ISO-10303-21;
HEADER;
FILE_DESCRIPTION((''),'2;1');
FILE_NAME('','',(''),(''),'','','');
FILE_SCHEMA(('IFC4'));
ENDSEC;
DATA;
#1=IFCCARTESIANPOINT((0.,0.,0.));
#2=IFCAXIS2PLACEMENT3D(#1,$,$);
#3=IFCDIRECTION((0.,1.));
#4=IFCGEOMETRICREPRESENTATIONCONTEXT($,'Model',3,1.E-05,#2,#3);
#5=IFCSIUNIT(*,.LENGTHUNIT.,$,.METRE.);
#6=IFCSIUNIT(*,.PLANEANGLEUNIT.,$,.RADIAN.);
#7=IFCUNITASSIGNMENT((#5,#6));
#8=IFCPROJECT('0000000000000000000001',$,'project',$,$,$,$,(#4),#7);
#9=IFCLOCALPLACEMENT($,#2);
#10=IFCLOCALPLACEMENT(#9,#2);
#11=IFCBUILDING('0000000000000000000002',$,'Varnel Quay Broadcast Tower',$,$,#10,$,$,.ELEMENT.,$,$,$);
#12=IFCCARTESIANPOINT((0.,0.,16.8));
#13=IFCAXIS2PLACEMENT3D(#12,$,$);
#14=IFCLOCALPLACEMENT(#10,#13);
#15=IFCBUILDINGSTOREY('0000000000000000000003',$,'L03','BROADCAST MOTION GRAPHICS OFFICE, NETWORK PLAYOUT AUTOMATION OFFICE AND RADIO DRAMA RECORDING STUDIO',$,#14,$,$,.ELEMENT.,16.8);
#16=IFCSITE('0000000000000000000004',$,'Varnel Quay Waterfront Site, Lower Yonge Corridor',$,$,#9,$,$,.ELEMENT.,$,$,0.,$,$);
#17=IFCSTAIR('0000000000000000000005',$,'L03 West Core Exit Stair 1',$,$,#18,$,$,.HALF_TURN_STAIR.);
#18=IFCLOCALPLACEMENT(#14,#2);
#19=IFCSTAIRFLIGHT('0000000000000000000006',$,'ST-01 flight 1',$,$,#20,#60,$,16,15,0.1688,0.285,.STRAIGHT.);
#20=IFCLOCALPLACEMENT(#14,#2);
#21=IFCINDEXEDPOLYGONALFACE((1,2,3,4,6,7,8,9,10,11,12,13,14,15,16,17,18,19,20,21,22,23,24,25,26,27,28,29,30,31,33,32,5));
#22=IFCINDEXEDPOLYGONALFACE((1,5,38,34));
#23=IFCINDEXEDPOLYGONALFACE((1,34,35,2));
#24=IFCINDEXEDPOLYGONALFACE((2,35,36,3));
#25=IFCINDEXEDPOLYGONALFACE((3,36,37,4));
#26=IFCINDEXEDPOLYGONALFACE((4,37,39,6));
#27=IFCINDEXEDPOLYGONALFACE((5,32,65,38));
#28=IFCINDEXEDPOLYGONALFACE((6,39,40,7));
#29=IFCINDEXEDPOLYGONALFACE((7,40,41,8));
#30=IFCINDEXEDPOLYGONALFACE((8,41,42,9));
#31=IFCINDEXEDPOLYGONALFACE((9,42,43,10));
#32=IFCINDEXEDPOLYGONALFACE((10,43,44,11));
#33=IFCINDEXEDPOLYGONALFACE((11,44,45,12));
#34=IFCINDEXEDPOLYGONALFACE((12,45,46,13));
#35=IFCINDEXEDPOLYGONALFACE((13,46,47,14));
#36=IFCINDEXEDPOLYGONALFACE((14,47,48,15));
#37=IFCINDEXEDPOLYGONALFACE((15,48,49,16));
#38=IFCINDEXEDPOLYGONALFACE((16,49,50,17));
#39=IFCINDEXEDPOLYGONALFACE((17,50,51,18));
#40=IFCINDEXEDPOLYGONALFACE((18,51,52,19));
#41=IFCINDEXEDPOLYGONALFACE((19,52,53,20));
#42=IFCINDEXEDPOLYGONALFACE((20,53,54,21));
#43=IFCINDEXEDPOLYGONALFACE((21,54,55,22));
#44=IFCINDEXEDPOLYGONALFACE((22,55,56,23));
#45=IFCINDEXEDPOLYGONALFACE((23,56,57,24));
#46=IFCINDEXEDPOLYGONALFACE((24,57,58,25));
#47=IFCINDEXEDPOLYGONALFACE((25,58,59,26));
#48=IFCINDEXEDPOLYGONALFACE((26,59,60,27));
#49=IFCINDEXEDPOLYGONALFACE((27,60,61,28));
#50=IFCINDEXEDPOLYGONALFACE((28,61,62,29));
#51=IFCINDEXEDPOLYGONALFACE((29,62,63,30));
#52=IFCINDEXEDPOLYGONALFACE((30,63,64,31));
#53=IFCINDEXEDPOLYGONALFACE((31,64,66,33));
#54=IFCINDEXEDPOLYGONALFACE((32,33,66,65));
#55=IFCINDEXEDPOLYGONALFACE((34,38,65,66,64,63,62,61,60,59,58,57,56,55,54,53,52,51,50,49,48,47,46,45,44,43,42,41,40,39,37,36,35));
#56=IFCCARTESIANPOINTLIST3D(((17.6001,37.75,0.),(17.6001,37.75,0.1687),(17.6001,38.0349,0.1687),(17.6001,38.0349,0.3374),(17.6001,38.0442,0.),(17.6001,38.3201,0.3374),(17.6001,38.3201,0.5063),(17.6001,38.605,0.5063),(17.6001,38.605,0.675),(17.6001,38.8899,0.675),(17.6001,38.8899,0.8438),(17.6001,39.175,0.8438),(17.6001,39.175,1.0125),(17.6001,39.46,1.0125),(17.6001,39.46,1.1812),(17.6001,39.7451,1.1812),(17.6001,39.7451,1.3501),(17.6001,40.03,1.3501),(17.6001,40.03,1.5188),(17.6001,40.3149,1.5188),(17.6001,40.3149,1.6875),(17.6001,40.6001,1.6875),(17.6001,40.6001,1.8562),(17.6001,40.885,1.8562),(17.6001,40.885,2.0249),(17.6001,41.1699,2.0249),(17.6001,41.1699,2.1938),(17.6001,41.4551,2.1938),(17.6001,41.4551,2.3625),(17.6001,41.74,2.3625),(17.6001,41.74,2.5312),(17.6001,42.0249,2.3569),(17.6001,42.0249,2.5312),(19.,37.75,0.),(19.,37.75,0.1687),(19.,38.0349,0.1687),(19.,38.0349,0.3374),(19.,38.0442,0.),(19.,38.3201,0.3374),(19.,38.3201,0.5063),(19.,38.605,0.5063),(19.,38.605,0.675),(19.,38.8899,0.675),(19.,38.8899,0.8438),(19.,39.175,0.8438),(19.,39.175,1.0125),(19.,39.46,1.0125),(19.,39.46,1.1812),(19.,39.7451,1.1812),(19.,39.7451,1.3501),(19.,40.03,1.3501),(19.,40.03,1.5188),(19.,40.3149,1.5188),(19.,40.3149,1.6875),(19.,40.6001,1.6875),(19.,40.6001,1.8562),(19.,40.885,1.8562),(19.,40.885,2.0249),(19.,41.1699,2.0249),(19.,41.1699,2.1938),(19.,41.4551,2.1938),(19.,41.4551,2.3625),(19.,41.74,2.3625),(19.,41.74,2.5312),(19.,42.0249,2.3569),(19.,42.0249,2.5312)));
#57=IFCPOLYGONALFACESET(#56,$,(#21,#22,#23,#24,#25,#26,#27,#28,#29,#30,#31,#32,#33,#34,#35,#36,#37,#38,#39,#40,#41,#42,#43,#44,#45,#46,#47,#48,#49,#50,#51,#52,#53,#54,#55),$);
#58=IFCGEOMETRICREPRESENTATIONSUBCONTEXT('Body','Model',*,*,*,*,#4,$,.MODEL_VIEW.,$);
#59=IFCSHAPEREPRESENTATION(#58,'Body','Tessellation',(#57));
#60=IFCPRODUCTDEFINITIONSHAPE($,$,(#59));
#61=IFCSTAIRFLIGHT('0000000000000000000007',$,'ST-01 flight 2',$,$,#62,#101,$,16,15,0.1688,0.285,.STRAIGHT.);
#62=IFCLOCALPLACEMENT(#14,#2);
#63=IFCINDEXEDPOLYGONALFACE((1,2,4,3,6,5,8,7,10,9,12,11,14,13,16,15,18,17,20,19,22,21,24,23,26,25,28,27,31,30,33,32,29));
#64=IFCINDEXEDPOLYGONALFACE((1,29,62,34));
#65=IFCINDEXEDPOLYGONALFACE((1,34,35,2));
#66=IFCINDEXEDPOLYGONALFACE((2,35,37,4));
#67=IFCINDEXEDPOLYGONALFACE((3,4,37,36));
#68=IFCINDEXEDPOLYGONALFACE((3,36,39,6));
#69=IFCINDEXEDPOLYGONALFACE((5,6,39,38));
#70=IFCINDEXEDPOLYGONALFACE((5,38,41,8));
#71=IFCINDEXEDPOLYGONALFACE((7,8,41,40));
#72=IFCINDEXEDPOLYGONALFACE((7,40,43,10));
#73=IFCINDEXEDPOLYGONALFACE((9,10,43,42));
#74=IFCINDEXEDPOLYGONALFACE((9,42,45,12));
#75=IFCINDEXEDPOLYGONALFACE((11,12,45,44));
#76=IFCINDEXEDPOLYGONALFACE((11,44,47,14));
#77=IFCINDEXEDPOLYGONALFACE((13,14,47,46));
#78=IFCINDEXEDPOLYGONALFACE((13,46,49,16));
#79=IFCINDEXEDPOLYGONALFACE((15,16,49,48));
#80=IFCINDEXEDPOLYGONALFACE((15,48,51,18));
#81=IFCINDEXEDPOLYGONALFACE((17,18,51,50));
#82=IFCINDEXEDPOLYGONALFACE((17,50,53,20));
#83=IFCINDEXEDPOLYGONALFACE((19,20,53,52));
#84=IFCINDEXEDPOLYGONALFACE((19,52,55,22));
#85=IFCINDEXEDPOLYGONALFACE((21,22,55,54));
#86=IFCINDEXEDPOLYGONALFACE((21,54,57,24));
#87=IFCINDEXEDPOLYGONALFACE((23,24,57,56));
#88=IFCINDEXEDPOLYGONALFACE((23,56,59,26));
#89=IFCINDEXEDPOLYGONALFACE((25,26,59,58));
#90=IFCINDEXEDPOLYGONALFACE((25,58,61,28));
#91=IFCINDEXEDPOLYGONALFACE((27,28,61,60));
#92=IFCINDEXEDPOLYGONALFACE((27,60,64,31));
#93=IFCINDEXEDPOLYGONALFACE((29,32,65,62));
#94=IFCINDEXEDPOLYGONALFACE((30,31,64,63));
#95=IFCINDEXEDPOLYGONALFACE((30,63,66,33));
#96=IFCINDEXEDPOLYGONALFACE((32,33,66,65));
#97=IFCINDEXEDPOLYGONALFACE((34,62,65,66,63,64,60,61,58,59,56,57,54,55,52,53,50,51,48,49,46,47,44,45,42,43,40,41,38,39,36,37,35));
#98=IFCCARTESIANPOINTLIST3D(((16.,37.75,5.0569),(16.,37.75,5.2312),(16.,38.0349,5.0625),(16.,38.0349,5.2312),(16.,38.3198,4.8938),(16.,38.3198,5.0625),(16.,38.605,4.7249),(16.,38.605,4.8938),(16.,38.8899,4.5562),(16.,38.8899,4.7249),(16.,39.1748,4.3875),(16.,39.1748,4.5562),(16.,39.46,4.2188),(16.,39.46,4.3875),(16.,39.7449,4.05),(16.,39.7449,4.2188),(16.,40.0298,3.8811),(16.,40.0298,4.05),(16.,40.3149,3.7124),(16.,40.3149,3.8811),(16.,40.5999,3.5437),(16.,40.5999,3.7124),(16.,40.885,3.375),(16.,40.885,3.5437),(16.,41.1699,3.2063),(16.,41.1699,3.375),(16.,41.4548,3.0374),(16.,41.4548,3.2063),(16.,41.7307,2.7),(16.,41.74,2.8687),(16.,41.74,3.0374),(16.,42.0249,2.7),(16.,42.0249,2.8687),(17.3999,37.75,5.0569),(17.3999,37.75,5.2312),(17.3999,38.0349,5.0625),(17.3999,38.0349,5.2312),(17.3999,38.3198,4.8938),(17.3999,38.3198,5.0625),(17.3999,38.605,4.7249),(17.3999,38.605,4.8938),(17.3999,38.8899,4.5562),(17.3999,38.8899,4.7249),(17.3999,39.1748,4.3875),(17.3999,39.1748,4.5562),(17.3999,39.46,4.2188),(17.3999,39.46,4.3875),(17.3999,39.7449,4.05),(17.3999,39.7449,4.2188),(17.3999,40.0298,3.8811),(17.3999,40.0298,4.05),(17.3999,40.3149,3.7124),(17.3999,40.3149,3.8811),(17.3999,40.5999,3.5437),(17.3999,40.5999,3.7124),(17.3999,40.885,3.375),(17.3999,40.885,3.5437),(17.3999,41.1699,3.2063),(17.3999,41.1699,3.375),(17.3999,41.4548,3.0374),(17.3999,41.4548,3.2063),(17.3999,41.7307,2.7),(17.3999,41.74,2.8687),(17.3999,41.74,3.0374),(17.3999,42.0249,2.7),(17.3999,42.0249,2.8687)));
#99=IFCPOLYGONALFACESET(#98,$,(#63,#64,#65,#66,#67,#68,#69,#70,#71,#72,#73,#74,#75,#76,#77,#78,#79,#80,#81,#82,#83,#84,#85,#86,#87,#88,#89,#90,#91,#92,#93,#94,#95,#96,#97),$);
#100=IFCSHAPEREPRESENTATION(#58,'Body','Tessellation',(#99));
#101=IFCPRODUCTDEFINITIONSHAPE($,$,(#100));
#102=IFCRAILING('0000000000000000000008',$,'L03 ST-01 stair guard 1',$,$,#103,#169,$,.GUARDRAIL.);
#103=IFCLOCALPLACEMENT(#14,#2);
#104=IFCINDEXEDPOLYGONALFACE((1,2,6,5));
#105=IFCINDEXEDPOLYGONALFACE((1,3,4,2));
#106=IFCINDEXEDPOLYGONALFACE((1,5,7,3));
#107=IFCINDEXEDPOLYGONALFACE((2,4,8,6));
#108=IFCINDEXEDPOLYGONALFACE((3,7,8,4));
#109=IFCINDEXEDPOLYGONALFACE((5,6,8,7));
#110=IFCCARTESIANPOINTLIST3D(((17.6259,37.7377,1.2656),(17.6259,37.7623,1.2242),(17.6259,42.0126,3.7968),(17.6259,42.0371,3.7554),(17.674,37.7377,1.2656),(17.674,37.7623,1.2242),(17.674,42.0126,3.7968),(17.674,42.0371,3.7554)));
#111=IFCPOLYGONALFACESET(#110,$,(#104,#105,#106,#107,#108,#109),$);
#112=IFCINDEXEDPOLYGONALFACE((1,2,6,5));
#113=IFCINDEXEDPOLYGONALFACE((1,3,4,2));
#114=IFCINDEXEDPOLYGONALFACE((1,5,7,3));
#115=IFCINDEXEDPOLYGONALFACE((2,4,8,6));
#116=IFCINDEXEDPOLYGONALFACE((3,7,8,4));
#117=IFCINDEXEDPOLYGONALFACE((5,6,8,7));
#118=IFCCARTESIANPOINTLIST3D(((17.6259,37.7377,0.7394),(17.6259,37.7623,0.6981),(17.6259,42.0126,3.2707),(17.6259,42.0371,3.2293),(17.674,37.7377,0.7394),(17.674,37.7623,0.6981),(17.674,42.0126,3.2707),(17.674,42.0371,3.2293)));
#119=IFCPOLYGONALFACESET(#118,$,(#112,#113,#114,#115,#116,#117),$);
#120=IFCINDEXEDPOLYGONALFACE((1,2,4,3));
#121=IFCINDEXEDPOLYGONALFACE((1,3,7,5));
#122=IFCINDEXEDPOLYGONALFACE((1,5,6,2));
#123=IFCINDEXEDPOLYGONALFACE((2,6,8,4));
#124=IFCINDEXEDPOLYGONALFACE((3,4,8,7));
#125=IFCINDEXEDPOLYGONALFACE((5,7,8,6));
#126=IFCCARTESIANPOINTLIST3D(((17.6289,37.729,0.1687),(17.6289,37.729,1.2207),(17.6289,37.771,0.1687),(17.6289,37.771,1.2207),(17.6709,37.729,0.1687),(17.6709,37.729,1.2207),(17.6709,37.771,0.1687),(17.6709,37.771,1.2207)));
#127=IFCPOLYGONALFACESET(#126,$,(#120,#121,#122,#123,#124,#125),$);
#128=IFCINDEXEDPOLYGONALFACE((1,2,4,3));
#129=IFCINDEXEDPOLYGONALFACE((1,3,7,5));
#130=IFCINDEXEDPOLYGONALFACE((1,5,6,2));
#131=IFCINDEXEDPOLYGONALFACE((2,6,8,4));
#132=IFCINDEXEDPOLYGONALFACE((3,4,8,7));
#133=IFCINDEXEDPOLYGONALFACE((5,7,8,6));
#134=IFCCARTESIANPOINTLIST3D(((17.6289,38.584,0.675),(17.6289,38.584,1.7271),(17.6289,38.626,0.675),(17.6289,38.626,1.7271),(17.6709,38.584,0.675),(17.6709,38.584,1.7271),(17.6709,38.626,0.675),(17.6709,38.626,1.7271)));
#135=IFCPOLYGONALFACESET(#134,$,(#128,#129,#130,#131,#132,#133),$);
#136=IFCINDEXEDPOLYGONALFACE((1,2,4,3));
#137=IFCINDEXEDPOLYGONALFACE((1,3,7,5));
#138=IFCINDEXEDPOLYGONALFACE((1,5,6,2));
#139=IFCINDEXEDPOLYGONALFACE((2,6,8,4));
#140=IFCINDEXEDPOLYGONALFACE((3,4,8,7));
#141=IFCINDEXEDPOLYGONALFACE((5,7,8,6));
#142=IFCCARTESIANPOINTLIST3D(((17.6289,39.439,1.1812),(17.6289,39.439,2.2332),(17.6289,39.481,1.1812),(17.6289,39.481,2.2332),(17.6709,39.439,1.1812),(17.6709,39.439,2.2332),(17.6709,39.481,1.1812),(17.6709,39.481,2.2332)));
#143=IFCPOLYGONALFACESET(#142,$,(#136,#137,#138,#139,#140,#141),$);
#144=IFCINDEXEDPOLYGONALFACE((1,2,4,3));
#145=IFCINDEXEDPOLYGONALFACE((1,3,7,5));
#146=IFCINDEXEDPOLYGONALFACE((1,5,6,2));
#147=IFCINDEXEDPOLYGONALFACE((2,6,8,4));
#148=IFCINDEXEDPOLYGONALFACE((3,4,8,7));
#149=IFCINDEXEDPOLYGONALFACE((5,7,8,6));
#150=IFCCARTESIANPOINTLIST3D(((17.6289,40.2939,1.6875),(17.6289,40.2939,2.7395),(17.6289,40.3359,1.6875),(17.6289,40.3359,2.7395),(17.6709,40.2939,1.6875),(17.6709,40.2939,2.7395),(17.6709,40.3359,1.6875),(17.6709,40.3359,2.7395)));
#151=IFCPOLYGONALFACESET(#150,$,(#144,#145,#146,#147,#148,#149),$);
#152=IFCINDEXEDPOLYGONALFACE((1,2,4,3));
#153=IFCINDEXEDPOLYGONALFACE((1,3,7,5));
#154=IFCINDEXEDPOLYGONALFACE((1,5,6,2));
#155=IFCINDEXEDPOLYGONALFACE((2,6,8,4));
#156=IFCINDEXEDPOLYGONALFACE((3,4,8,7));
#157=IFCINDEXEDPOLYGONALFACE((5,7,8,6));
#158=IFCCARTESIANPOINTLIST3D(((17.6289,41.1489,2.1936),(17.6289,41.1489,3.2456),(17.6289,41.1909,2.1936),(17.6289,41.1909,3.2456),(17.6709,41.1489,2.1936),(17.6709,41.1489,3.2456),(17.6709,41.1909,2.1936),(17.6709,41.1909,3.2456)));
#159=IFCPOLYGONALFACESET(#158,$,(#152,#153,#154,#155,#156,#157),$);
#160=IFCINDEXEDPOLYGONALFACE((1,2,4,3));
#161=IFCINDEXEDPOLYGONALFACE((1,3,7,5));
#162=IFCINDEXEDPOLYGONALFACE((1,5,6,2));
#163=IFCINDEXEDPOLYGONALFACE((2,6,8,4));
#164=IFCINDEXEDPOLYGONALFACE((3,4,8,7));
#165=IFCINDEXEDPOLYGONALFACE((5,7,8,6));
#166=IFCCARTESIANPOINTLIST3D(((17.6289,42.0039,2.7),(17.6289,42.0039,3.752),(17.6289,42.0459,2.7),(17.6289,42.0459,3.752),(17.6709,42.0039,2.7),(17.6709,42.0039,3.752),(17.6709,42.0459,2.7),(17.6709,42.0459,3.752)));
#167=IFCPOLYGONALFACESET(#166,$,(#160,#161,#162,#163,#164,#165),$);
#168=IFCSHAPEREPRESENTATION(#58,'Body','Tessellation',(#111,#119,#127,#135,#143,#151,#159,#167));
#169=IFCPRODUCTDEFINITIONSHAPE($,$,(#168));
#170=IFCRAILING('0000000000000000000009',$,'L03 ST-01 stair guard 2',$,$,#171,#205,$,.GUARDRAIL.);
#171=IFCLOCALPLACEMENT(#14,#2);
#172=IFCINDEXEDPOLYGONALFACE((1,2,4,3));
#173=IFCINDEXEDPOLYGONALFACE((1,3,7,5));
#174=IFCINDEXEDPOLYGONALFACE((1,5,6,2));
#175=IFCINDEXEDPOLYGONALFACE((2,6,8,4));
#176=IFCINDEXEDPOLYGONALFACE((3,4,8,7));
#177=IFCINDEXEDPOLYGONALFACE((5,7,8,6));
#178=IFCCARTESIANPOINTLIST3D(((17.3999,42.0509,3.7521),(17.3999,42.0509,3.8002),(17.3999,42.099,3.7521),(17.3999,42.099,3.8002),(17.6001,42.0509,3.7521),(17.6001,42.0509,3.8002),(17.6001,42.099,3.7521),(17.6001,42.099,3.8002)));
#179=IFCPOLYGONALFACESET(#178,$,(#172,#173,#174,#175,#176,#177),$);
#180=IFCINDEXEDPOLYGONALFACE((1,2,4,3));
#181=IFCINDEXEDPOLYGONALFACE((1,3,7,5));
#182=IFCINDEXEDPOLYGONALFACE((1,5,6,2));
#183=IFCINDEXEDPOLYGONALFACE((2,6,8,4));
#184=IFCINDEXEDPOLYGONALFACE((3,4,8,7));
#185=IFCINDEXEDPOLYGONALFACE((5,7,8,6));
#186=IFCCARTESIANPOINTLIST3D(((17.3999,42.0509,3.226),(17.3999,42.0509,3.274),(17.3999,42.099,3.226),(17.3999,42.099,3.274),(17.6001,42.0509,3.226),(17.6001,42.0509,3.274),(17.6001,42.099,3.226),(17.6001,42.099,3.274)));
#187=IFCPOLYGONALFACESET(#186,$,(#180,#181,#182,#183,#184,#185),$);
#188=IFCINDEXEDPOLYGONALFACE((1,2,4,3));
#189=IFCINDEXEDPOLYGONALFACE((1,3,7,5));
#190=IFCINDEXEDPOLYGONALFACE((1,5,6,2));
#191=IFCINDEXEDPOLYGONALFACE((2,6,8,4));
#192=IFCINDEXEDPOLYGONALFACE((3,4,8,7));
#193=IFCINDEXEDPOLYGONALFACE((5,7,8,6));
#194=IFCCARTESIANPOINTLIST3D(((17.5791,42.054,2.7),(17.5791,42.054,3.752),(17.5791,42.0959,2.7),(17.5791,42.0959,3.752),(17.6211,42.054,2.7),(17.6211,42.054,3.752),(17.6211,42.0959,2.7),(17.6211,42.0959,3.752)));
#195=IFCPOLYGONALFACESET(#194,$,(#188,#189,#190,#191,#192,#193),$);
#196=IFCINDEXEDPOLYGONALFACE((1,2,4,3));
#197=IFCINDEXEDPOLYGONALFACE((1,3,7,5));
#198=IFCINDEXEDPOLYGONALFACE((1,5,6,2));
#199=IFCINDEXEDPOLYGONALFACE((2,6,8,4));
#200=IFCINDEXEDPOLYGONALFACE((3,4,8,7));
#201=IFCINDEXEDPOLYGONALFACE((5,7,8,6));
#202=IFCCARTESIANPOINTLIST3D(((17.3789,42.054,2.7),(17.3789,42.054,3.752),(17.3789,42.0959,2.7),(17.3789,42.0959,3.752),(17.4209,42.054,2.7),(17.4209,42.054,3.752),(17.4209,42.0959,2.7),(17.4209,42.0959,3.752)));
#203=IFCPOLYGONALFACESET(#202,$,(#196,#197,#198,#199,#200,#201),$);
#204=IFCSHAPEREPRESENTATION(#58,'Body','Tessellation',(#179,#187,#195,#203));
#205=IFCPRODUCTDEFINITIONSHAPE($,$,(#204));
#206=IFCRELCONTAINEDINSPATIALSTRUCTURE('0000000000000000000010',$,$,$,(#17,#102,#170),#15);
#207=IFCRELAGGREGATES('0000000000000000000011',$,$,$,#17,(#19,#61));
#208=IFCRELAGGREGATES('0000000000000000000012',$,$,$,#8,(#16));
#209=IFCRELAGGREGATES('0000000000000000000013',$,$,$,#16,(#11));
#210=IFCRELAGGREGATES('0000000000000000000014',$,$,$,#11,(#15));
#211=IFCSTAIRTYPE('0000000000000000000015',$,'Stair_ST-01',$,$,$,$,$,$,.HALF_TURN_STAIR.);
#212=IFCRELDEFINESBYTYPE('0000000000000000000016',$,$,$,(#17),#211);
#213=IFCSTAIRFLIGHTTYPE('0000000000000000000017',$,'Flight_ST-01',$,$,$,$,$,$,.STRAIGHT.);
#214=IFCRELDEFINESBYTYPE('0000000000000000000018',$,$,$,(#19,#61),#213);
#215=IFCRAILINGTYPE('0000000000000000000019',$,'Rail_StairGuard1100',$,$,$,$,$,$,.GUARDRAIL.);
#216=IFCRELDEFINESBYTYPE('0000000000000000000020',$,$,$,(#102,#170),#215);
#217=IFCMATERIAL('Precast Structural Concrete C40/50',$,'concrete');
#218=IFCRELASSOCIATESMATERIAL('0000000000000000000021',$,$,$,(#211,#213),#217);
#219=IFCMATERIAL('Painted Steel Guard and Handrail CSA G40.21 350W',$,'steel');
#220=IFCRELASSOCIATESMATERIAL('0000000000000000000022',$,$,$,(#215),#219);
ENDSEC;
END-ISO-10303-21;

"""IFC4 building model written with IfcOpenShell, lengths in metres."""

from ifc_helpers import new_model, si_unit, direction, frame, origin, origin_2d, place, context, subcontext, project, spatial, polyline, rectangle, outline, extrude, material, type_object, element, aggregate, save


model = new_model("IFC4")

# Units and contexts
model_context = context("Model", 3, precision=1e-05, world=origin(), true_north=direction((0.0, 1.0)))
body_context = subcontext(model_context, "Body", "Model", "MODEL_VIEW")
ifc_project = project(units=[si_unit("LENGTHUNIT", "METRE"), si_unit("PLANEANGLEUNIT", "RADIAN")], contexts=[model_context])

# Site, building, storey
site_placement = place(None, origin())
site = spatial("IfcSite", under=ifc_project, at=site_placement, Name="Varnel Quay Waterfront Site, Lower Yonge Corridor", CompositionType="ELEMENT", RefElevation=0.0)
building_placement = place(site_placement, origin())
building = spatial("IfcBuilding", under=site, at=building_placement, Name="Varnel Quay Broadcast Tower", CompositionType="ELEMENT")
storey_placement = place(building_placement, frame((0.0, 0.0, 16.8)))
storey = spatial("IfcBuildingStorey", under=building, at=storey_placement, Name="L03", Description="BROADCAST MOTION GRAPHICS OFFICE, NETWORK PLAYOUT AUTOMATION OFFICE AND RADIO DRAMA RECORDING STUDIO", CompositionType="ELEMENT", Elevation=16.8)

# Stair, stair flights
ifc_material_1 = material(Name="Precast Structural Concrete C40/50", Category="concrete")
stair_type = type_object("IfcStairType", Name="Stair_ST-01", PredefinedType="HALF_TURN_STAIR", material=ifc_material_1)
stair_placement = place(storey_placement, origin())
stair = element("IfcStair", 1, at=stair_placement, inside=storey, type_object=stair_type, Name="L03 West Core Exit Stair 1", PredefinedType="HALF_TURN_STAIR")
stair_flight_type = type_object("IfcStairFlightType", Name="Flight_ST-01", PredefinedType="STRAIGHT", material=ifc_material_1)
stair_flight_1_placement = place(storey_placement, frame((18.3, 37.75, 0.0), z_axis=(0.0, 0.0, 1.0), x_axis=(0.0, 1.0, 0.0)))
stair_flight_1 = element("IfcStairFlight", 2, at=stair_flight_1_placement, type_object=stair_flight_type, Name="ST-01 flight 1", NumberOfRisers=16, NumberOfTreads=15, PredefinedType="STRAIGHT", RiserHeight=0.1688, TreadLength=0.285, context=body_context, shape_type="SweptSolid", body=[
    extrude(outline(polyline([(0.0, 0.0), (0.0, 0.1687), (0.2849, 0.1687), (0.2849, 0.3374), (0.5701, 0.3374), (0.5701, 0.5063), (0.855, 0.5063), (0.855, 0.675), (1.1399, 0.675), (1.1399, 0.8438), (1.425, 0.8438), (1.425, 1.0125), (1.71, 1.0125), (1.71, 1.1812), (1.9951, 1.1812), (1.9951, 1.3501), (2.28, 1.3501), (2.28, 1.5188), (2.5649, 1.5188), (2.5649, 1.6875), (2.8501, 1.6875), (2.8501, 1.8562), (3.135, 1.8562), (3.135, 2.0249), (3.4199, 2.0249), (3.4199, 2.1938), (3.7051, 2.1938), (3.7051, 2.3625), (3.99, 2.3625), (3.99, 2.5312), (4.2749, 2.5312), (4.2749, 2.7), (4.2749, 2.3569), (0.2942, 0.0), (0.0, 0.0)])), frame((0.0, 0.7, 0.0), z_axis=(0.0, -1.0, 0.0), x_axis=(1.0, 0.0, 0.0)), (0.0, 0.0, 1.0), 1.3999),
])
stair_flight_2_placement = place(storey_placement, frame((16.7, 42.0249, 2.7), z_axis=(0.0, 0.0, 1.0), x_axis=(0.0, -1.0, 0.0)))
stair_flight_2 = element("IfcStairFlight", 3, at=stair_flight_2_placement, type_object=stair_flight_type, Name="ST-01 flight 2", NumberOfRisers=16, NumberOfTreads=15, PredefinedType="STRAIGHT", RiserHeight=0.1688, TreadLength=0.285, context=body_context, shape_type="SweptSolid", body=[
    extrude(outline(polyline([(0.0, 0.0), (0.0, 0.1687), (0.2849, 0.1687), (0.2849, 0.3374), (0.5701, 0.3374), (0.5701, 0.5063), (0.855, 0.5063), (0.855, 0.675), (1.1399, 0.675), (1.1399, 0.8438), (1.425, 0.8438), (1.425, 1.0125), (1.71, 1.0125), (1.71, 1.1812), (1.9951, 1.1812), (1.9951, 1.3501), (2.28, 1.3501), (2.28, 1.5188), (2.5649, 1.5188), (2.5649, 1.6875), (2.8501, 1.6875), (2.8501, 1.8562), (3.135, 1.8562), (3.135, 2.0249), (3.4199, 2.0249), (3.4199, 2.1938), (3.7051, 2.1938), (3.7051, 2.3625), (3.99, 2.3625), (3.99, 2.5312), (4.2749, 2.5312), (4.2749, 2.7), (4.2749, 2.3569), (0.2942, 0.0), (0.0, 0.0)])), frame((0.0, 0.7, 0.0), z_axis=(0.0, -1.0, 0.0), x_axis=(1.0, 0.0, 0.0)), (0.0, 0.0, 1.0), 1.3999),
])
aggregate(stair, [stair_flight_1, stair_flight_2])

# Railings
ifc_material_2 = material(Name="Painted Steel Guard and Handrail CSA G40.21 350W", Category="steel")
railing_type_1 = type_object("IfcRailingType", Name="Rail_StairGuard1100", PredefinedType="GUARDRAIL", material=ifc_material_2)
railing_1_placement = place(storey_placement, frame((17.6499, 37.75, 0.1687)))
element("IfcRailing", 4, at=railing_1_placement, inside=storey, type_object=railing_type_1, Name="L03 ST-01 stair guard 1", PredefinedType="GUARDRAIL", context=body_context, shape_type="SweptSolid", body=[
    extrude(rectangle(XDim=0.0481, YDim=0.0481, at=origin_2d()), frame((0.0, 0.0, 1.0762), z_axis=(0.0, 0.86047, 0.509501), x_axis=(-1.0, 0.0, 0.0)), (0.0, 0.0, 1.0), 4.968),
    extrude(rectangle(XDim=0.0481, YDim=0.0481, at=origin_2d()), frame((0.0, 0.0, 0.55), z_axis=(0.0, 0.86047, 0.509501), x_axis=(-1.0, 0.0, 0.0)), (0.0, 0.0, 1.0), 4.968),
    extrude(rectangle(XDim=0.042, YDim=0.042, at=origin_2d()), origin(), (0.0, 0.0, 1.0), 1.052),
    extrude(rectangle(XDim=0.042, YDim=0.042, at=origin_2d()), frame((0.0, 0.855, 0.5063)), (0.0, 0.0, 1.0), 1.052),
    extrude(rectangle(XDim=0.042, YDim=0.042, at=origin_2d()), frame((0.0, 1.71, 1.0125)), (0.0, 0.0, 1.0), 1.052),
    extrude(rectangle(XDim=0.042, YDim=0.042, at=origin_2d()), frame((0.0, 2.5649, 1.5188)), (0.0, 0.0, 1.0), 1.052),
    extrude(rectangle(XDim=0.042, YDim=0.042, at=origin_2d()), frame((0.0, 3.4199, 2.0249)), (0.0, 0.0, 1.0), 1.052),
    extrude(rectangle(XDim=0.042, YDim=0.042, at=origin_2d()), frame((0.0, 4.2749, 2.5312)), (0.0, 0.0, 1.0), 1.052),
])
railing_2_placement = place(storey_placement, frame((17.6001, 42.075, 2.7)))
element("IfcRailing", 5, at=railing_2_placement, inside=storey, type_object=railing_type_1, Name="L03 ST-01 stair guard 2", PredefinedType="GUARDRAIL", context=body_context, shape_type="SweptSolid", body=[
    extrude(rectangle(XDim=0.0481, YDim=0.0481, at=origin_2d()), frame((0.0, 0.0, 1.0762), z_axis=(-1.0, 0.0, 0.0), x_axis=(0.0, -1.0, 0.0)), (0.0, 0.0, 1.0), 0.2002),
    extrude(rectangle(XDim=0.0481, YDim=0.0481, at=origin_2d()), frame((0.0, 0.0, 0.55), z_axis=(-1.0, 0.0, 0.0), x_axis=(0.0, -1.0, 0.0)), (0.0, 0.0, 1.0), 0.2002),
    extrude(rectangle(XDim=0.042, YDim=0.042, at=origin_2d()), origin(), (0.0, 0.0, 1.0), 1.052),
    extrude(rectangle(XDim=0.042, YDim=0.042, at=origin_2d()), frame((-0.2002, 0.0, 0.0)), (0.0, 0.0, 1.0), 1.052),
])

save(model, "model.ifc")
